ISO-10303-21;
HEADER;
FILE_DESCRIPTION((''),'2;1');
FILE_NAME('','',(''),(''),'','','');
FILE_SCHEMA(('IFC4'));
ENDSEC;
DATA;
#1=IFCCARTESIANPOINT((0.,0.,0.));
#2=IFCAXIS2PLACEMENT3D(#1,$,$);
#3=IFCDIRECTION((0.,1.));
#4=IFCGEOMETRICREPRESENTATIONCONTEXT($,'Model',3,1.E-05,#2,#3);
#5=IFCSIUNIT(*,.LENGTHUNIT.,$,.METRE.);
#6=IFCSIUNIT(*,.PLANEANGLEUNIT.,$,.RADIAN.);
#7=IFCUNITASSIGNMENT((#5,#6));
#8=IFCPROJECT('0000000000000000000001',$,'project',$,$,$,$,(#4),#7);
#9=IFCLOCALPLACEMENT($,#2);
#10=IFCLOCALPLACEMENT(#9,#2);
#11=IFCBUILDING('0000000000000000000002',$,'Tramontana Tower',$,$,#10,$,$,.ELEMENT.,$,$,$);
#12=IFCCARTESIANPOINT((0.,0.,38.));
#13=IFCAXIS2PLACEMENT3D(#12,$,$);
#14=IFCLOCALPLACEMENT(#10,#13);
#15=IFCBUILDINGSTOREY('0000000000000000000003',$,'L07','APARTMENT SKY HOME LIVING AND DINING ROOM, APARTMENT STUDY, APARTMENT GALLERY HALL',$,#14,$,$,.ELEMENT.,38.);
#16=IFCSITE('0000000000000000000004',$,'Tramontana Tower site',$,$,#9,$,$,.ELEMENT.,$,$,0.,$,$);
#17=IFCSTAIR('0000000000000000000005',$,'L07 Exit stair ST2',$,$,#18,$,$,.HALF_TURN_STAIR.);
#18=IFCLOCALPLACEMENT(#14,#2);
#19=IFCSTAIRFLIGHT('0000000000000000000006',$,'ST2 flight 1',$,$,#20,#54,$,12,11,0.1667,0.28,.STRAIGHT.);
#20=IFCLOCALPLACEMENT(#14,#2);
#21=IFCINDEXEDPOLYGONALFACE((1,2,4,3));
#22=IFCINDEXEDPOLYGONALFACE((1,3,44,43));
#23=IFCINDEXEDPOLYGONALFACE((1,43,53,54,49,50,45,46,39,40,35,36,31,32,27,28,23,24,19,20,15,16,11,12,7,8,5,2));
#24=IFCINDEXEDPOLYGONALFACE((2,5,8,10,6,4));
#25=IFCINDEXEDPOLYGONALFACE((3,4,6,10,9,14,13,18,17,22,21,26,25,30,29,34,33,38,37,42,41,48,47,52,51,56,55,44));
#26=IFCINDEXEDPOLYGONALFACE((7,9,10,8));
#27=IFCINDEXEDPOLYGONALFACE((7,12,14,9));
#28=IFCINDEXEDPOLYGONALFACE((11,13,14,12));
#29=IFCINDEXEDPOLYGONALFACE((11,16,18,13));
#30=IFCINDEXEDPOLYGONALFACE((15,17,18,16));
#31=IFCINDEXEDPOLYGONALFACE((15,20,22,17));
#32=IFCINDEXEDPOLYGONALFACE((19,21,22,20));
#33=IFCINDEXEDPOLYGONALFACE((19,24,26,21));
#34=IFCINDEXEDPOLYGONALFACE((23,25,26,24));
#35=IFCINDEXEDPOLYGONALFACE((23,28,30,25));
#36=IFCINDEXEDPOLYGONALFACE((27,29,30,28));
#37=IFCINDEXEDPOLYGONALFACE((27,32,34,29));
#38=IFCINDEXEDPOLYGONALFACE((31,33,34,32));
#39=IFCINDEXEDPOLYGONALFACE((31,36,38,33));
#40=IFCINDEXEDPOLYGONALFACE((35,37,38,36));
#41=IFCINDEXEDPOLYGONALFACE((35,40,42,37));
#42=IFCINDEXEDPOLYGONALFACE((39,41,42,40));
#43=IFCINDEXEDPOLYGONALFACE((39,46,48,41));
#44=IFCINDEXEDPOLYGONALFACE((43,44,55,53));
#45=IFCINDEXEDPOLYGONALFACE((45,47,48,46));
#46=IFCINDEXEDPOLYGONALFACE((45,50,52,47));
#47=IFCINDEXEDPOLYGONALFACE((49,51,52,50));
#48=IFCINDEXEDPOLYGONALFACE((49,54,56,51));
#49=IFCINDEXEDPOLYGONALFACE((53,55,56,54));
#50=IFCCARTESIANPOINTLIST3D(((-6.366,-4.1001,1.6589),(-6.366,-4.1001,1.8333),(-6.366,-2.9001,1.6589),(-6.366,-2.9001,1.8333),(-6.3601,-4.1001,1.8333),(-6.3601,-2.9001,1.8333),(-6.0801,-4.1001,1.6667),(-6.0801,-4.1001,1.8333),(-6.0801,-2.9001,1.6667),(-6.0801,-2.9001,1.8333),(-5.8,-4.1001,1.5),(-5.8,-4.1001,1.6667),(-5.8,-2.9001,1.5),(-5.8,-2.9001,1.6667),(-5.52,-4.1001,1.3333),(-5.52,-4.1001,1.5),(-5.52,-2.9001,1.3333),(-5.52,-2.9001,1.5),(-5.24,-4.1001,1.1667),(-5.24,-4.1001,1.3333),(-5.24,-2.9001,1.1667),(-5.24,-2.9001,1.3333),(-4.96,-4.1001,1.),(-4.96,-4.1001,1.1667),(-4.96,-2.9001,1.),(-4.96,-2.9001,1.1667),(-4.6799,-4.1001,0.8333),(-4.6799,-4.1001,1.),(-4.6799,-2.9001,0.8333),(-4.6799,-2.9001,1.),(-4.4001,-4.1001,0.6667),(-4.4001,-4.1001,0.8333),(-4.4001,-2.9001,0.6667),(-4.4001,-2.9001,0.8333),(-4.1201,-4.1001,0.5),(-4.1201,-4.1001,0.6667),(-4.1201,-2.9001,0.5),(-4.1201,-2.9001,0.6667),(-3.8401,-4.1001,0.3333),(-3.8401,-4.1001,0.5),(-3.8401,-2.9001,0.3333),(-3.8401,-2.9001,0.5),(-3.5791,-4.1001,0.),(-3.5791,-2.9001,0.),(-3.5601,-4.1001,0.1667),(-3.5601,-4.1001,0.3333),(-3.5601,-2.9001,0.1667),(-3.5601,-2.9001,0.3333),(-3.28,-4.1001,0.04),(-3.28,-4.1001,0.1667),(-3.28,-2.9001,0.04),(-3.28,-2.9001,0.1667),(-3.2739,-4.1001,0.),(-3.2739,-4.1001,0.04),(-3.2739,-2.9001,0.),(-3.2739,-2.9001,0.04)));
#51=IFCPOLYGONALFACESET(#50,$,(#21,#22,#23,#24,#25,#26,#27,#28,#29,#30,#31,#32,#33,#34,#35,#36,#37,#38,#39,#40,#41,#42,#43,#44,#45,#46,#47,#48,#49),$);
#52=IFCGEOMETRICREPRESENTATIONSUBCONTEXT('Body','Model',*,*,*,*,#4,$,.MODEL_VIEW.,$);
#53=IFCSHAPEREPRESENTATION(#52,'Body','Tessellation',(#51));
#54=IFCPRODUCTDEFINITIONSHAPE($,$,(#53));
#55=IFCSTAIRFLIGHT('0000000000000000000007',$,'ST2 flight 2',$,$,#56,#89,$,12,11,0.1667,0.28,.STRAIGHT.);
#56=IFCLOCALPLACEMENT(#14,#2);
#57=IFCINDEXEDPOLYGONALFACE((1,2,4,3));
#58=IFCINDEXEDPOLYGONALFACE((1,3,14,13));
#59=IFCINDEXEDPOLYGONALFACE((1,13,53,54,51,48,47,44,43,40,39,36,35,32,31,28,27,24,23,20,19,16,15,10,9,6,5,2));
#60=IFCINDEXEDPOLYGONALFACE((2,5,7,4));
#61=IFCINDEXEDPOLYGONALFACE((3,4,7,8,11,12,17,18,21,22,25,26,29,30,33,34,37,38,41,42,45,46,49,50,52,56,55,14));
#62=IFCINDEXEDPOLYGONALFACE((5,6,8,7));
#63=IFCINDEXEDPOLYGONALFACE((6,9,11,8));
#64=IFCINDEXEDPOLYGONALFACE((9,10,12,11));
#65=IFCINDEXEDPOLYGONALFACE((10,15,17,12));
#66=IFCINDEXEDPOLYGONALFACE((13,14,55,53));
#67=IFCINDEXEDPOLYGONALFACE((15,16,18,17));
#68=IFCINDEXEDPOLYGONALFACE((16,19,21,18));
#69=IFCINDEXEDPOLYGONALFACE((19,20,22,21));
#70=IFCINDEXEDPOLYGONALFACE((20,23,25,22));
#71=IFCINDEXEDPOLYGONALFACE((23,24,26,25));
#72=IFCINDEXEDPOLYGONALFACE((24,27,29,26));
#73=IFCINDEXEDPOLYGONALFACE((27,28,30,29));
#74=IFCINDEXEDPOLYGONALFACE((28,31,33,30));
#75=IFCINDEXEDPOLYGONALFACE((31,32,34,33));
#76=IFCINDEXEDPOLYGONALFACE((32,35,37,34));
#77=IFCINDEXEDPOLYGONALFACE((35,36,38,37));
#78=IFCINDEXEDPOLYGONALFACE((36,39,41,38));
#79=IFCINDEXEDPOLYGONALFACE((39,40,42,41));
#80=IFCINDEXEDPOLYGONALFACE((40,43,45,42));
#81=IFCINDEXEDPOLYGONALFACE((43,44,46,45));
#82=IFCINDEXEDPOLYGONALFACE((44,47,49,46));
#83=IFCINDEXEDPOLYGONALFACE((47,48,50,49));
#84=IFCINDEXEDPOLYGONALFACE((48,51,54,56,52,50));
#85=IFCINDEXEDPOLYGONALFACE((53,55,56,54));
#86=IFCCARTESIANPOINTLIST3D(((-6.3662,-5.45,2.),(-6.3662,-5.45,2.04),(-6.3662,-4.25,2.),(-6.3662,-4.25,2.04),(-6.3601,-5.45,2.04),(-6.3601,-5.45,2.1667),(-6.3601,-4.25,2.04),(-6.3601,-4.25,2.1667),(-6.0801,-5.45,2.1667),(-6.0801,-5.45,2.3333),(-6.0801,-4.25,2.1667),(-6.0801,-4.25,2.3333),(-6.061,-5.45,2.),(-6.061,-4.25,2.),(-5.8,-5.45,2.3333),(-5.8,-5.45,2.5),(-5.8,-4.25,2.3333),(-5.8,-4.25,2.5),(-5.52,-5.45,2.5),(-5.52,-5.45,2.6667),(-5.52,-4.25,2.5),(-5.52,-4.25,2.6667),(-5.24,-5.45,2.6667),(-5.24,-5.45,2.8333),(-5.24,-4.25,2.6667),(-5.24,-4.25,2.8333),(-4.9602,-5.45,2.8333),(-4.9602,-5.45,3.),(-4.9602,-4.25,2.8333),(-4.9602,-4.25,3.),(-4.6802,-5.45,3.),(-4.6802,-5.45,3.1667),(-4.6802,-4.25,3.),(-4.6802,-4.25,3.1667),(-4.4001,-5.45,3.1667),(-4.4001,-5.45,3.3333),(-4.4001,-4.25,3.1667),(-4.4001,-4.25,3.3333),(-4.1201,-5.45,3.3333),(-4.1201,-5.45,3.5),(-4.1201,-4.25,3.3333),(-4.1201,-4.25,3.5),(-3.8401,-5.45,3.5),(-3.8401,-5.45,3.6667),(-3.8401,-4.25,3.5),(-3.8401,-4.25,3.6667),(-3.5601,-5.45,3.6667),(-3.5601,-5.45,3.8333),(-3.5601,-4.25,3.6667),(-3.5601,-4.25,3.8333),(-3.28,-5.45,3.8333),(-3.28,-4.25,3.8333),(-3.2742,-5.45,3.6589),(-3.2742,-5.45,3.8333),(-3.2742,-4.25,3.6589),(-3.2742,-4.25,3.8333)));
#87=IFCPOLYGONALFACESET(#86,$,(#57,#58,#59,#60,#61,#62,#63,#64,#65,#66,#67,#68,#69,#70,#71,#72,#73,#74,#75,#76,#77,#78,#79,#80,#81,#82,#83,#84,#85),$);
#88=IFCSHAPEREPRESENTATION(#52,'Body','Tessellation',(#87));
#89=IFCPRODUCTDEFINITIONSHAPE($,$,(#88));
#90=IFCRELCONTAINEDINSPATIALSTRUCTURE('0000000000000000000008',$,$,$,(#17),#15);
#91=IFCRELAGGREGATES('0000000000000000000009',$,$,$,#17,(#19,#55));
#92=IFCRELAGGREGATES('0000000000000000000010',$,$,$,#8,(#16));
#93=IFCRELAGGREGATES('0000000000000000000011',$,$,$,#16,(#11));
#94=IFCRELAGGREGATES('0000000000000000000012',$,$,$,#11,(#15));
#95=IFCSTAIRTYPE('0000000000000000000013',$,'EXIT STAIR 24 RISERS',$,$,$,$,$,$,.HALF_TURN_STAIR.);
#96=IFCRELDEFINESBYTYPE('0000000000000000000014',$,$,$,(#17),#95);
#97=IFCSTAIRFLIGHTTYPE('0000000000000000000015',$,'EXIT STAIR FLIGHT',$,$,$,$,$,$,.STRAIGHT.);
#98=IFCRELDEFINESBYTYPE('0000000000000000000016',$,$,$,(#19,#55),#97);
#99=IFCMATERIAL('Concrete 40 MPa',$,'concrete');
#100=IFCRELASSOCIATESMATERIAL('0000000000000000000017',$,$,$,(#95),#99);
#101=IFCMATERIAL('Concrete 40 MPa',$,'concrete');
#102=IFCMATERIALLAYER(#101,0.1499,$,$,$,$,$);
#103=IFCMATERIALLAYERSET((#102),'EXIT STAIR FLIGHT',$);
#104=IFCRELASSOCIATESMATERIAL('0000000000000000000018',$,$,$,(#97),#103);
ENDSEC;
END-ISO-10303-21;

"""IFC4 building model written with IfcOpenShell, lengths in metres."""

from ifc_helpers import new_model, si_unit, direction, frame, origin, place, context, subcontext, project, spatial, polyline, outline, extrude, material, layer, layer_set, type_object, element, aggregate, save


model = new_model("IFC4")

# Units and contexts
model_context = context("Model", 3, precision=1e-05, world=origin(), true_north=direction((0.0, 1.0)))
body_context = subcontext(model_context, "Body", "Model", "MODEL_VIEW")
ifc_project = project(units=[si_unit("LENGTHUNIT", "METRE"), si_unit("PLANEANGLEUNIT", "RADIAN")], contexts=[model_context])

# Site, building, storey
site_placement = place(None, origin())
site = spatial("IfcSite", under=ifc_project, at=site_placement, Name="Tramontana Tower site", CompositionType="ELEMENT", RefElevation=0.0)
building_placement = place(site_placement, origin())
building = spatial("IfcBuilding", under=site, at=building_placement, Name="Tramontana Tower", CompositionType="ELEMENT")
storey_placement = place(building_placement, frame((0.0, 0.0, 38.0)))
storey = spatial("IfcBuildingStorey", under=building, at=storey_placement, Name="L07", Description="APARTMENT SKY HOME LIVING AND DINING ROOM, APARTMENT STUDY, APARTMENT GALLERY HALL", CompositionType="ELEMENT", Elevation=38.0)

# Stair, stair flights
ifc_material_1 = material(Name="Concrete 40 MPa", Category="concrete")
stair_type = type_object("IfcStairType", Name="EXIT STAIR 24 RISERS", PredefinedType="HALF_TURN_STAIR", material=ifc_material_1)
stair_placement = place(storey_placement, origin())
stair = element("IfcStair", 1, at=stair_placement, inside=storey, type_object=stair_type, Name="L07 Exit stair ST2", PredefinedType="HALF_TURN_STAIR")
ifc_material_2 = material(Name="Concrete 40 MPa", Category="concrete")
ifc_layer_1 = layer(ifc_material_2, 0.1499)
ifc_layer_set_1 = layer_set([ifc_layer_1], Name="EXIT STAIR FLIGHT")
stair_flight_type = type_object("IfcStairFlightType", Name="EXIT STAIR FLIGHT", PredefinedType="STRAIGHT", material=ifc_layer_set_1)
stair_flight_1_placement = place(storey_placement, frame((-3.28, -3.5, 0.0), z_axis=(0.0, 0.0, 1.0), x_axis=(-1.0, 0.0, 0.0)))
stair_flight_1 = element("IfcStairFlight", 2, at=stair_flight_1_placement, type_object=stair_flight_type, Name="ST2 flight 1", NumberOfRisers=12, NumberOfTreads=11, PredefinedType="STRAIGHT", RiserHeight=0.1667, TreadLength=0.28, context=body_context, shape_type="SweptSolid", body=[
    extrude(outline(polyline([(-0.0061, 0.0), (-0.0061, 0.04), (0.0, 0.04), (0.0, 0.1667), (0.28, 0.1667), (0.28, 0.3333), (0.5601, 0.3333), (0.5601, 0.5), (0.8401, 0.5), (0.8401, 0.6667), (1.1201, 0.6667), (1.1201, 0.8333), (1.3999, 0.8333), (1.3999, 1.0), (1.6799, 1.0), (1.6799, 1.1667), (1.96, 1.1667), (1.96, 1.3333), (2.24, 1.3333), (2.24, 1.5), (2.52, 1.5), (2.52, 1.6667), (2.8, 1.6667), (2.8, 1.8333), (3.0801, 1.8333), (3.0859, 1.8333), (3.0859, 1.6589), (0.2991, 0.0), (-0.0061, 0.0)])), frame((0.0, 0.6001, 0.0), z_axis=(0.0, -1.0, 0.0), x_axis=(1.0, 0.0, 0.0)), (0.0, 0.0, 1.0), 1.2),
])
stair_flight_2_placement = place(storey_placement, frame((-6.3601, -4.8501, 2.0), z_axis=(0.0, 0.0, 1.0), x_axis=(1.0, 0.0, 0.0)))
stair_flight_2 = element("IfcStairFlight", 3, at=stair_flight_2_placement, type_object=stair_flight_type, Name="ST2 flight 2", NumberOfRisers=12, NumberOfTreads=11, PredefinedType="STRAIGHT", RiserHeight=0.1667, TreadLength=0.28, context=body_context, shape_type="SweptSolid", body=[
    extrude(outline(polyline([(-0.0061, 0.0), (-0.0061, 0.04), (0.0, 0.04), (0.0, 0.1667), (0.28, 0.1667), (0.28, 0.3333), (0.5601, 0.3333), (0.5601, 0.5), (0.8401, 0.5), (0.8401, 0.6667), (1.1201, 0.6667), (1.1201, 0.8333), (1.3999, 0.8333), (1.3999, 1.0), (1.6799, 1.0), (1.6799, 1.1667), (1.96, 1.1667), (1.96, 1.3333), (2.24, 1.3333), (2.24, 1.5), (2.52, 1.5), (2.52, 1.6667), (2.8, 1.6667), (2.8, 1.8333), (3.0801, 1.8333), (3.0859, 1.8333), (3.0859, 1.6589), (0.2991, 0.0), (-0.0061, 0.0)])), frame((0.0, 0.6001, 0.0), z_axis=(0.0, -1.0, 0.0), x_axis=(1.0, 0.0, 0.0)), (0.0, 0.0, 1.0), 1.2),
])
aggregate(stair, [stair_flight_1, stair_flight_2])

save(model, "model.ifc")
